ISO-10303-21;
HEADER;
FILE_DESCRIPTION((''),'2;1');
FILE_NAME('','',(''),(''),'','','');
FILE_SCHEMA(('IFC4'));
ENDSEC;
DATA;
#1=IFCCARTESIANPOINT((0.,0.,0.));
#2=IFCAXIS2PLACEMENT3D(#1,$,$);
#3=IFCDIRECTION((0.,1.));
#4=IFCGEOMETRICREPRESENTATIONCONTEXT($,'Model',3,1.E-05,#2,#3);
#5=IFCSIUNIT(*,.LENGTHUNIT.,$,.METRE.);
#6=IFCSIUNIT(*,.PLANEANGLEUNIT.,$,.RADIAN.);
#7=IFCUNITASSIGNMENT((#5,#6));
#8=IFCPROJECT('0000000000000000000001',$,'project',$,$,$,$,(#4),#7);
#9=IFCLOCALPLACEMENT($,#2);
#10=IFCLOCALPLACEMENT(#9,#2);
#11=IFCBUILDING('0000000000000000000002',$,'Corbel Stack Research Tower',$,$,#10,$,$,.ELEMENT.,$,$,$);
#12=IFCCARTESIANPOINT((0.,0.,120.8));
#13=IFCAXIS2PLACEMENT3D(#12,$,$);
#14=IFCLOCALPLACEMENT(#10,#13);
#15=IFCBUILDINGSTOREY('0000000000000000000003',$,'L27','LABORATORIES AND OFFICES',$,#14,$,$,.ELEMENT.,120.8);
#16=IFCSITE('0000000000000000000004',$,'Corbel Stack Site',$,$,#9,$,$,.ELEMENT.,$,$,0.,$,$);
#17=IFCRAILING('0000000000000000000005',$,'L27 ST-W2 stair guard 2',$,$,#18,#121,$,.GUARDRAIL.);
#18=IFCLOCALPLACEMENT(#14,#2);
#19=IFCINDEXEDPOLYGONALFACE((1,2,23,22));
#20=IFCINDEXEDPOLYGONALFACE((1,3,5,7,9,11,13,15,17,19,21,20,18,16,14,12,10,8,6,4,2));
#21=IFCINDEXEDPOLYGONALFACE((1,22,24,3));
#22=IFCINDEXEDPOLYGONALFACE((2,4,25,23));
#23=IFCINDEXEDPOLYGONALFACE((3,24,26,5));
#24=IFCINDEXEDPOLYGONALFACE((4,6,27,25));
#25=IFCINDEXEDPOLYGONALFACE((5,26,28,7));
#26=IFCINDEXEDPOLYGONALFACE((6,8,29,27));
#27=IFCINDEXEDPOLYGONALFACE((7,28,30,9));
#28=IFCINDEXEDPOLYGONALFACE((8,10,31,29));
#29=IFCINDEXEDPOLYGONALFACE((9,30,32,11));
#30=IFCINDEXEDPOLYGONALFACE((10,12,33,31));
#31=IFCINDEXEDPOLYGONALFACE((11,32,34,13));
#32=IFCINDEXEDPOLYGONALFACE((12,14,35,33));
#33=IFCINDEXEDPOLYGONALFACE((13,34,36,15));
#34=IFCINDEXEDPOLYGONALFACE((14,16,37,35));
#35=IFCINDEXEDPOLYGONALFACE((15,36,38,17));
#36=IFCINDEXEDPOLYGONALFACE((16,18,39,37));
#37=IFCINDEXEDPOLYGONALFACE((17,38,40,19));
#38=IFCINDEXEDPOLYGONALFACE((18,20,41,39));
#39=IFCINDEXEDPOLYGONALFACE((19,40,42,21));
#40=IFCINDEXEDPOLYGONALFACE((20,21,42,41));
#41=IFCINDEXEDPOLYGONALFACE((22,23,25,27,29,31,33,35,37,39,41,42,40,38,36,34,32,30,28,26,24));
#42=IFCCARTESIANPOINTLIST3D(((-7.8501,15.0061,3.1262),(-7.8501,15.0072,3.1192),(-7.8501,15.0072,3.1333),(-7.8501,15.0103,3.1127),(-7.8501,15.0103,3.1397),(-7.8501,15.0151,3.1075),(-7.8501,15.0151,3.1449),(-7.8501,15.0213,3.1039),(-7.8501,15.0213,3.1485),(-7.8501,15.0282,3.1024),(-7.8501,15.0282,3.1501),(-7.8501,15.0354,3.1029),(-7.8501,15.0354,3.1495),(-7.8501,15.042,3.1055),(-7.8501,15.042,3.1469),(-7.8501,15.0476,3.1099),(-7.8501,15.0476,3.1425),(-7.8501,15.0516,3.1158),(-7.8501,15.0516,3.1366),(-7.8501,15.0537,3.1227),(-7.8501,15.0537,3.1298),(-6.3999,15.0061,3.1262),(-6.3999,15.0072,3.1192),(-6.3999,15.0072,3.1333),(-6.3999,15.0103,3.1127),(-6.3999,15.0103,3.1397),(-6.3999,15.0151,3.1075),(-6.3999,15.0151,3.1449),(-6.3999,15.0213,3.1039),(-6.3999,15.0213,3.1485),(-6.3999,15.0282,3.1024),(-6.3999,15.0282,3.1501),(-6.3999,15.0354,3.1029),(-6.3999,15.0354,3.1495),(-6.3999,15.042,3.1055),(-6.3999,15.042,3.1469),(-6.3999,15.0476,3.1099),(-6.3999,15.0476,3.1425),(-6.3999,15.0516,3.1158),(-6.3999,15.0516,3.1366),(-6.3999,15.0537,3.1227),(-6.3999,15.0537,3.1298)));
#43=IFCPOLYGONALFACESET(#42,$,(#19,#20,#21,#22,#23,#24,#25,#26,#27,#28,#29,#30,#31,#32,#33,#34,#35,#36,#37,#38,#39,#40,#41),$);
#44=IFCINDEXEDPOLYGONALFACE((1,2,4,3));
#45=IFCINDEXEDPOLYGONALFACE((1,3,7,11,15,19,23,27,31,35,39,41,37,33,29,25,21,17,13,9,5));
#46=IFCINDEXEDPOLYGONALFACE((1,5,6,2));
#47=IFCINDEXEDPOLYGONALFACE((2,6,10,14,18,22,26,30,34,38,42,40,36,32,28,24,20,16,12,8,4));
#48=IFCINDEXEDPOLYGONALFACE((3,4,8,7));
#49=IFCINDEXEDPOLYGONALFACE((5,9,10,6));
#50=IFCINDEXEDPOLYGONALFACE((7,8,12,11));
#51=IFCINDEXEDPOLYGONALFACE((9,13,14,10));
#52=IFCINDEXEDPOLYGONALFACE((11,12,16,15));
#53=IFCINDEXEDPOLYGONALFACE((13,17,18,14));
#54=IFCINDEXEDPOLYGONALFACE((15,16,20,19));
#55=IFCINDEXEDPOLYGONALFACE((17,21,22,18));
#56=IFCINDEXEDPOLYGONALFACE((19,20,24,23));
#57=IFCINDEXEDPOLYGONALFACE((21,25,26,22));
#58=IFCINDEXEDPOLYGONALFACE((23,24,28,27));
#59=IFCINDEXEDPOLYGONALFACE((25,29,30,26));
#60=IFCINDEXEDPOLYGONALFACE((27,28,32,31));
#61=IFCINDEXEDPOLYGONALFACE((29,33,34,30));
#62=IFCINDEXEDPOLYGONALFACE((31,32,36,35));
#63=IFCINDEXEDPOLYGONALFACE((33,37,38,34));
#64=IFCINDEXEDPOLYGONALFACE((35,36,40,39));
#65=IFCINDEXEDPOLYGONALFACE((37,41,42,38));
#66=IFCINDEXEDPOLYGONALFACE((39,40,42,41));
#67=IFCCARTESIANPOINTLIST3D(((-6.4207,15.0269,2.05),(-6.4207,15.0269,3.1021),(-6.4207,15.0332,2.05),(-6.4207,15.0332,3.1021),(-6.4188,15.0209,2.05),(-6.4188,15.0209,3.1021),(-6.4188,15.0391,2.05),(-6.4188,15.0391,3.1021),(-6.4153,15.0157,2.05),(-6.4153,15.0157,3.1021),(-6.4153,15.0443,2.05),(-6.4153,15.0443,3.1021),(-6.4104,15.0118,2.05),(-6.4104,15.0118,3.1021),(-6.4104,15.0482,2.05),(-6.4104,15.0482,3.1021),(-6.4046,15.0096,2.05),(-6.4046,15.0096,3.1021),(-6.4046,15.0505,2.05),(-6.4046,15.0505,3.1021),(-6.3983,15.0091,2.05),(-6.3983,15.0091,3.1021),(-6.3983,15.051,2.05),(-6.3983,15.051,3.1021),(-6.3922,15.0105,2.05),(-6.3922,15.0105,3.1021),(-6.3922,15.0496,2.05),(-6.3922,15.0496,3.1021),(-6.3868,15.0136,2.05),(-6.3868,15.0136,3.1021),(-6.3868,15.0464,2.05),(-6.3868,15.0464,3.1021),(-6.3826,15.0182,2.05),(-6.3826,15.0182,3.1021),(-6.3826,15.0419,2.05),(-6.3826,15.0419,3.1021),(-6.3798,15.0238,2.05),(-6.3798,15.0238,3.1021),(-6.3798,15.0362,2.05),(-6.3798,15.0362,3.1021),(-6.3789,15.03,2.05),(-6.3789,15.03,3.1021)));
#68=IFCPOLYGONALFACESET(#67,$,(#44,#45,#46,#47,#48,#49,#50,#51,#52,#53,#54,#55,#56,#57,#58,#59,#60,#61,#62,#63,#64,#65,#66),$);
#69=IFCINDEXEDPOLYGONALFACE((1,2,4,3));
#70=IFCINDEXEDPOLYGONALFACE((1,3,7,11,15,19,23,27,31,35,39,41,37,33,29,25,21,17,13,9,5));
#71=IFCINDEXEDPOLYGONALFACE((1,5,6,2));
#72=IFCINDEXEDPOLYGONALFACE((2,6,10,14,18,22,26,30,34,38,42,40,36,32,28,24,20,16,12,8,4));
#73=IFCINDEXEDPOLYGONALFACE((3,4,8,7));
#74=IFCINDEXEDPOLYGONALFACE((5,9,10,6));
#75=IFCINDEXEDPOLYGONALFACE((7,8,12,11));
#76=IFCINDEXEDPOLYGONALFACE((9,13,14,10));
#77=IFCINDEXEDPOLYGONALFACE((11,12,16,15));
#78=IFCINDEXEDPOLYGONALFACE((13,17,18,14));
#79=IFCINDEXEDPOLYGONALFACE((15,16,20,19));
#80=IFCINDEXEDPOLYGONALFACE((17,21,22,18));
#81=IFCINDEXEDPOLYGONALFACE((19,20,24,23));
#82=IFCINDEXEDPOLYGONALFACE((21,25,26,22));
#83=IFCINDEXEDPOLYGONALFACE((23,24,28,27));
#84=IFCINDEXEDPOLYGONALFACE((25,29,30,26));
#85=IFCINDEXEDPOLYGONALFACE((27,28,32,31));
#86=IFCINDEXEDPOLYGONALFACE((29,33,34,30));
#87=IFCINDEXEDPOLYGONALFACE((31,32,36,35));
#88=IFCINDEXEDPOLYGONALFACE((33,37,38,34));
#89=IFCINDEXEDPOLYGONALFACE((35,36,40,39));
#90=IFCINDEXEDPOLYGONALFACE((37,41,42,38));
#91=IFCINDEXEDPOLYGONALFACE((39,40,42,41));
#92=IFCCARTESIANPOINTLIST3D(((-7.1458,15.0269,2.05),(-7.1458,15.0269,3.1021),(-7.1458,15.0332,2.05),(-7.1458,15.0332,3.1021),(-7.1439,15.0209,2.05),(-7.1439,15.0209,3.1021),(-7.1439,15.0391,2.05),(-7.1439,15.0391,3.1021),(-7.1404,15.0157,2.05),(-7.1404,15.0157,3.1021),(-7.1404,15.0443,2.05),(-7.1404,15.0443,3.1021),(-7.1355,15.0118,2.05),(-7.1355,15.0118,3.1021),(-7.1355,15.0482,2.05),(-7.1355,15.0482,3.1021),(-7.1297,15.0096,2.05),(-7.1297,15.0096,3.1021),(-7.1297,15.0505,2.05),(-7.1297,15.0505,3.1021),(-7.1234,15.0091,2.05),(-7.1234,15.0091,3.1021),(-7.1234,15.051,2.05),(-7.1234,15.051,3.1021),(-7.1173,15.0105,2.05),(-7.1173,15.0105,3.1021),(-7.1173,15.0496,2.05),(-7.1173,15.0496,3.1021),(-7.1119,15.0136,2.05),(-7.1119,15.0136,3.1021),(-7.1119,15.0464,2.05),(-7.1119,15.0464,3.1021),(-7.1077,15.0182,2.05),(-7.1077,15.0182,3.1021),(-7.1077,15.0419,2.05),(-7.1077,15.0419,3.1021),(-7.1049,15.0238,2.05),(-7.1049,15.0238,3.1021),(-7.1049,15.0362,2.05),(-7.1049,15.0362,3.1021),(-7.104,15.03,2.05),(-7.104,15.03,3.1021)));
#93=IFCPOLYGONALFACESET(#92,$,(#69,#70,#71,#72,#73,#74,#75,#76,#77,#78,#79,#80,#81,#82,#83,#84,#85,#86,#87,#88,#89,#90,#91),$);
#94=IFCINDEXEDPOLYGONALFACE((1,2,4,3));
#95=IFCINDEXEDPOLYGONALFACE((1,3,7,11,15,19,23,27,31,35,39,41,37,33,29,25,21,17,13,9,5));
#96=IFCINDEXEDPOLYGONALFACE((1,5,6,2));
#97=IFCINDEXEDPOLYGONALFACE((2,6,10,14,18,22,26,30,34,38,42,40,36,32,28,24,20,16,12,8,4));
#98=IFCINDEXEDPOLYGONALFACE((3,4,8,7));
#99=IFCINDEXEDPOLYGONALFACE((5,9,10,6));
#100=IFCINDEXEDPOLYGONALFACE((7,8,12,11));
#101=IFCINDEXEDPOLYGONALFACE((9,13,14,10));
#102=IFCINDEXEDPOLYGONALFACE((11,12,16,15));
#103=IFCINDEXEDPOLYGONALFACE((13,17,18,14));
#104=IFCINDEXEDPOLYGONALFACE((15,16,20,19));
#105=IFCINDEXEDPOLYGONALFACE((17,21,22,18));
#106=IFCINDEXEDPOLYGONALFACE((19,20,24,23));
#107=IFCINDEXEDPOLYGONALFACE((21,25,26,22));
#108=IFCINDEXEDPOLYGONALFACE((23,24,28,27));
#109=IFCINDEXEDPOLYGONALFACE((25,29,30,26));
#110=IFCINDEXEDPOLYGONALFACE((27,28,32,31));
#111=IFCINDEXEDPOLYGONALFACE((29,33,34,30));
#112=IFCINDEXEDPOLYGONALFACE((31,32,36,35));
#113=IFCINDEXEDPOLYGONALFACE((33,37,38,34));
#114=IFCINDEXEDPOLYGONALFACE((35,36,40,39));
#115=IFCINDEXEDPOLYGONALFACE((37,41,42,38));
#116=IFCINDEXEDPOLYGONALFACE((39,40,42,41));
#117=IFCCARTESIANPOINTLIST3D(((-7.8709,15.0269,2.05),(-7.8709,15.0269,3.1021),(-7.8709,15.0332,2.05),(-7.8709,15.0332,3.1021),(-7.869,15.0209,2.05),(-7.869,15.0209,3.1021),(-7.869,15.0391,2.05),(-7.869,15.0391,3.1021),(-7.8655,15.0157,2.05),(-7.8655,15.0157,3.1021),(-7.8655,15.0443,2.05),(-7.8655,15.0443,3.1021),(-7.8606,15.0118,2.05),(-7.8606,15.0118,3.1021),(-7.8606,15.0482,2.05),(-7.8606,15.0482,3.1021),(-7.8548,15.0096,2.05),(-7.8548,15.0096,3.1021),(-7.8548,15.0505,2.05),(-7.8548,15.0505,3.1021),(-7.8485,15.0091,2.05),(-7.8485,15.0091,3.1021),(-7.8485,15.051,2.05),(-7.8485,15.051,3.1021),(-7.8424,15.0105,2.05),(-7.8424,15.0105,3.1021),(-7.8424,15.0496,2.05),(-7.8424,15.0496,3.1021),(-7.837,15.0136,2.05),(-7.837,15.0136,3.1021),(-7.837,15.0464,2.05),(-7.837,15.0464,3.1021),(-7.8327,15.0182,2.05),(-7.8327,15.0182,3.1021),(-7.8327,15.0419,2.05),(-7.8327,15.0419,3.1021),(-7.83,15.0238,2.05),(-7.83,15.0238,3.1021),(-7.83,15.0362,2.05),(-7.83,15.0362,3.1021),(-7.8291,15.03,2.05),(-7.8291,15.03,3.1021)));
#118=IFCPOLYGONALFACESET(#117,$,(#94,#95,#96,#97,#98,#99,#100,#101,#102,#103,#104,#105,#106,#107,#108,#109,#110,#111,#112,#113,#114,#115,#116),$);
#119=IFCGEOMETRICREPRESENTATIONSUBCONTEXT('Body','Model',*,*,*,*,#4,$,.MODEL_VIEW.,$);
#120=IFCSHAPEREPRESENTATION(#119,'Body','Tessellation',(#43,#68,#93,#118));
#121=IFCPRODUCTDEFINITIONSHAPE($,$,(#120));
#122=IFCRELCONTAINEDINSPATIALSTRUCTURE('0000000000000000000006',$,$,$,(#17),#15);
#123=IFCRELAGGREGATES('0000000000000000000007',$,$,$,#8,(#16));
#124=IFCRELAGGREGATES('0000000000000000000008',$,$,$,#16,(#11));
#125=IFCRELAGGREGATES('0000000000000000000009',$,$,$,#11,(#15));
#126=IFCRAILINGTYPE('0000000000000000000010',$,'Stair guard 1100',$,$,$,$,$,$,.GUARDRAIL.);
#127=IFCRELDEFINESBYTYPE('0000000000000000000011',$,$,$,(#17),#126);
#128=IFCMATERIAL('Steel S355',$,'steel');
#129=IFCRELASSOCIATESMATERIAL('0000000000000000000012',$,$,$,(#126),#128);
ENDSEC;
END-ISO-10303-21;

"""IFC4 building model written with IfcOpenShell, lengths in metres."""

from ifc_helpers import new_model, si_unit, direction, frame, origin, origin_2d, place, context, subcontext, project, spatial, circle, extrude, material, type_object, element, save


model = new_model("IFC4")

# Units and contexts
model_context = context("Model", 3, precision=1e-05, world=origin(), true_north=direction((0.0, 1.0)))
body_context = subcontext(model_context, "Body", "Model", "MODEL_VIEW")
ifc_project = project(units=[si_unit("LENGTHUNIT", "METRE"), si_unit("PLANEANGLEUNIT", "RADIAN")], contexts=[model_context])

# Site, building, storey
site_placement = place(None, origin())
site = spatial("IfcSite", under=ifc_project, at=site_placement, Name="Corbel Stack Site", CompositionType="ELEMENT", RefElevation=0.0)
building_placement = place(site_placement, origin())
building = spatial("IfcBuilding", under=site, at=building_placement, Name="Corbel Stack Research Tower", CompositionType="ELEMENT")
storey_placement = place(building_placement, frame((0.0, 0.0, 120.8)))
storey = spatial("IfcBuildingStorey", under=building, at=storey_placement, Name="L27", Description="LABORATORIES AND OFFICES", CompositionType="ELEMENT", Elevation=120.8)

# Railing
ifc_material_1 = material(Name="Steel S355", Category="steel")
railing_type_1 = type_object("IfcRailingType", Name="Stair guard 1100", PredefinedType="GUARDRAIL", material=ifc_material_1)
railing_1_placement = place(storey_placement, frame((-6.3999, 15.03, 2.05)))
element("IfcRailing", 1, at=railing_1_placement, inside=storey, type_object=railing_type_1, Name="L27 ST-W2 stair guard 2", PredefinedType="GUARDRAIL", context=body_context, shape_type="SweptSolid", body=[
    extrude(circle(Radius=0.0239, at=origin_2d()), frame((0.0, 0.0, 1.0762), z_axis=(-1.0, 0.0, 0.0), x_axis=(0.0, -1.0, 0.0)), (0.0, 0.0, 1.0), 1.4502),
    extrude(circle(Radius=0.021, at=origin_2d()), origin(), (0.0, 0.0, 1.0), 1.052),
    extrude(circle(Radius=0.021, at=origin_2d()), frame((-0.7251, 0.0, 0.0)), (0.0, 0.0, 1.0), 1.052),
    extrude(circle(Radius=0.021, at=origin_2d()), frame((-1.4502, 0.0, 0.0)), (0.0, 0.0, 1.0), 1.052),
])

save(model, "model.ifc")
